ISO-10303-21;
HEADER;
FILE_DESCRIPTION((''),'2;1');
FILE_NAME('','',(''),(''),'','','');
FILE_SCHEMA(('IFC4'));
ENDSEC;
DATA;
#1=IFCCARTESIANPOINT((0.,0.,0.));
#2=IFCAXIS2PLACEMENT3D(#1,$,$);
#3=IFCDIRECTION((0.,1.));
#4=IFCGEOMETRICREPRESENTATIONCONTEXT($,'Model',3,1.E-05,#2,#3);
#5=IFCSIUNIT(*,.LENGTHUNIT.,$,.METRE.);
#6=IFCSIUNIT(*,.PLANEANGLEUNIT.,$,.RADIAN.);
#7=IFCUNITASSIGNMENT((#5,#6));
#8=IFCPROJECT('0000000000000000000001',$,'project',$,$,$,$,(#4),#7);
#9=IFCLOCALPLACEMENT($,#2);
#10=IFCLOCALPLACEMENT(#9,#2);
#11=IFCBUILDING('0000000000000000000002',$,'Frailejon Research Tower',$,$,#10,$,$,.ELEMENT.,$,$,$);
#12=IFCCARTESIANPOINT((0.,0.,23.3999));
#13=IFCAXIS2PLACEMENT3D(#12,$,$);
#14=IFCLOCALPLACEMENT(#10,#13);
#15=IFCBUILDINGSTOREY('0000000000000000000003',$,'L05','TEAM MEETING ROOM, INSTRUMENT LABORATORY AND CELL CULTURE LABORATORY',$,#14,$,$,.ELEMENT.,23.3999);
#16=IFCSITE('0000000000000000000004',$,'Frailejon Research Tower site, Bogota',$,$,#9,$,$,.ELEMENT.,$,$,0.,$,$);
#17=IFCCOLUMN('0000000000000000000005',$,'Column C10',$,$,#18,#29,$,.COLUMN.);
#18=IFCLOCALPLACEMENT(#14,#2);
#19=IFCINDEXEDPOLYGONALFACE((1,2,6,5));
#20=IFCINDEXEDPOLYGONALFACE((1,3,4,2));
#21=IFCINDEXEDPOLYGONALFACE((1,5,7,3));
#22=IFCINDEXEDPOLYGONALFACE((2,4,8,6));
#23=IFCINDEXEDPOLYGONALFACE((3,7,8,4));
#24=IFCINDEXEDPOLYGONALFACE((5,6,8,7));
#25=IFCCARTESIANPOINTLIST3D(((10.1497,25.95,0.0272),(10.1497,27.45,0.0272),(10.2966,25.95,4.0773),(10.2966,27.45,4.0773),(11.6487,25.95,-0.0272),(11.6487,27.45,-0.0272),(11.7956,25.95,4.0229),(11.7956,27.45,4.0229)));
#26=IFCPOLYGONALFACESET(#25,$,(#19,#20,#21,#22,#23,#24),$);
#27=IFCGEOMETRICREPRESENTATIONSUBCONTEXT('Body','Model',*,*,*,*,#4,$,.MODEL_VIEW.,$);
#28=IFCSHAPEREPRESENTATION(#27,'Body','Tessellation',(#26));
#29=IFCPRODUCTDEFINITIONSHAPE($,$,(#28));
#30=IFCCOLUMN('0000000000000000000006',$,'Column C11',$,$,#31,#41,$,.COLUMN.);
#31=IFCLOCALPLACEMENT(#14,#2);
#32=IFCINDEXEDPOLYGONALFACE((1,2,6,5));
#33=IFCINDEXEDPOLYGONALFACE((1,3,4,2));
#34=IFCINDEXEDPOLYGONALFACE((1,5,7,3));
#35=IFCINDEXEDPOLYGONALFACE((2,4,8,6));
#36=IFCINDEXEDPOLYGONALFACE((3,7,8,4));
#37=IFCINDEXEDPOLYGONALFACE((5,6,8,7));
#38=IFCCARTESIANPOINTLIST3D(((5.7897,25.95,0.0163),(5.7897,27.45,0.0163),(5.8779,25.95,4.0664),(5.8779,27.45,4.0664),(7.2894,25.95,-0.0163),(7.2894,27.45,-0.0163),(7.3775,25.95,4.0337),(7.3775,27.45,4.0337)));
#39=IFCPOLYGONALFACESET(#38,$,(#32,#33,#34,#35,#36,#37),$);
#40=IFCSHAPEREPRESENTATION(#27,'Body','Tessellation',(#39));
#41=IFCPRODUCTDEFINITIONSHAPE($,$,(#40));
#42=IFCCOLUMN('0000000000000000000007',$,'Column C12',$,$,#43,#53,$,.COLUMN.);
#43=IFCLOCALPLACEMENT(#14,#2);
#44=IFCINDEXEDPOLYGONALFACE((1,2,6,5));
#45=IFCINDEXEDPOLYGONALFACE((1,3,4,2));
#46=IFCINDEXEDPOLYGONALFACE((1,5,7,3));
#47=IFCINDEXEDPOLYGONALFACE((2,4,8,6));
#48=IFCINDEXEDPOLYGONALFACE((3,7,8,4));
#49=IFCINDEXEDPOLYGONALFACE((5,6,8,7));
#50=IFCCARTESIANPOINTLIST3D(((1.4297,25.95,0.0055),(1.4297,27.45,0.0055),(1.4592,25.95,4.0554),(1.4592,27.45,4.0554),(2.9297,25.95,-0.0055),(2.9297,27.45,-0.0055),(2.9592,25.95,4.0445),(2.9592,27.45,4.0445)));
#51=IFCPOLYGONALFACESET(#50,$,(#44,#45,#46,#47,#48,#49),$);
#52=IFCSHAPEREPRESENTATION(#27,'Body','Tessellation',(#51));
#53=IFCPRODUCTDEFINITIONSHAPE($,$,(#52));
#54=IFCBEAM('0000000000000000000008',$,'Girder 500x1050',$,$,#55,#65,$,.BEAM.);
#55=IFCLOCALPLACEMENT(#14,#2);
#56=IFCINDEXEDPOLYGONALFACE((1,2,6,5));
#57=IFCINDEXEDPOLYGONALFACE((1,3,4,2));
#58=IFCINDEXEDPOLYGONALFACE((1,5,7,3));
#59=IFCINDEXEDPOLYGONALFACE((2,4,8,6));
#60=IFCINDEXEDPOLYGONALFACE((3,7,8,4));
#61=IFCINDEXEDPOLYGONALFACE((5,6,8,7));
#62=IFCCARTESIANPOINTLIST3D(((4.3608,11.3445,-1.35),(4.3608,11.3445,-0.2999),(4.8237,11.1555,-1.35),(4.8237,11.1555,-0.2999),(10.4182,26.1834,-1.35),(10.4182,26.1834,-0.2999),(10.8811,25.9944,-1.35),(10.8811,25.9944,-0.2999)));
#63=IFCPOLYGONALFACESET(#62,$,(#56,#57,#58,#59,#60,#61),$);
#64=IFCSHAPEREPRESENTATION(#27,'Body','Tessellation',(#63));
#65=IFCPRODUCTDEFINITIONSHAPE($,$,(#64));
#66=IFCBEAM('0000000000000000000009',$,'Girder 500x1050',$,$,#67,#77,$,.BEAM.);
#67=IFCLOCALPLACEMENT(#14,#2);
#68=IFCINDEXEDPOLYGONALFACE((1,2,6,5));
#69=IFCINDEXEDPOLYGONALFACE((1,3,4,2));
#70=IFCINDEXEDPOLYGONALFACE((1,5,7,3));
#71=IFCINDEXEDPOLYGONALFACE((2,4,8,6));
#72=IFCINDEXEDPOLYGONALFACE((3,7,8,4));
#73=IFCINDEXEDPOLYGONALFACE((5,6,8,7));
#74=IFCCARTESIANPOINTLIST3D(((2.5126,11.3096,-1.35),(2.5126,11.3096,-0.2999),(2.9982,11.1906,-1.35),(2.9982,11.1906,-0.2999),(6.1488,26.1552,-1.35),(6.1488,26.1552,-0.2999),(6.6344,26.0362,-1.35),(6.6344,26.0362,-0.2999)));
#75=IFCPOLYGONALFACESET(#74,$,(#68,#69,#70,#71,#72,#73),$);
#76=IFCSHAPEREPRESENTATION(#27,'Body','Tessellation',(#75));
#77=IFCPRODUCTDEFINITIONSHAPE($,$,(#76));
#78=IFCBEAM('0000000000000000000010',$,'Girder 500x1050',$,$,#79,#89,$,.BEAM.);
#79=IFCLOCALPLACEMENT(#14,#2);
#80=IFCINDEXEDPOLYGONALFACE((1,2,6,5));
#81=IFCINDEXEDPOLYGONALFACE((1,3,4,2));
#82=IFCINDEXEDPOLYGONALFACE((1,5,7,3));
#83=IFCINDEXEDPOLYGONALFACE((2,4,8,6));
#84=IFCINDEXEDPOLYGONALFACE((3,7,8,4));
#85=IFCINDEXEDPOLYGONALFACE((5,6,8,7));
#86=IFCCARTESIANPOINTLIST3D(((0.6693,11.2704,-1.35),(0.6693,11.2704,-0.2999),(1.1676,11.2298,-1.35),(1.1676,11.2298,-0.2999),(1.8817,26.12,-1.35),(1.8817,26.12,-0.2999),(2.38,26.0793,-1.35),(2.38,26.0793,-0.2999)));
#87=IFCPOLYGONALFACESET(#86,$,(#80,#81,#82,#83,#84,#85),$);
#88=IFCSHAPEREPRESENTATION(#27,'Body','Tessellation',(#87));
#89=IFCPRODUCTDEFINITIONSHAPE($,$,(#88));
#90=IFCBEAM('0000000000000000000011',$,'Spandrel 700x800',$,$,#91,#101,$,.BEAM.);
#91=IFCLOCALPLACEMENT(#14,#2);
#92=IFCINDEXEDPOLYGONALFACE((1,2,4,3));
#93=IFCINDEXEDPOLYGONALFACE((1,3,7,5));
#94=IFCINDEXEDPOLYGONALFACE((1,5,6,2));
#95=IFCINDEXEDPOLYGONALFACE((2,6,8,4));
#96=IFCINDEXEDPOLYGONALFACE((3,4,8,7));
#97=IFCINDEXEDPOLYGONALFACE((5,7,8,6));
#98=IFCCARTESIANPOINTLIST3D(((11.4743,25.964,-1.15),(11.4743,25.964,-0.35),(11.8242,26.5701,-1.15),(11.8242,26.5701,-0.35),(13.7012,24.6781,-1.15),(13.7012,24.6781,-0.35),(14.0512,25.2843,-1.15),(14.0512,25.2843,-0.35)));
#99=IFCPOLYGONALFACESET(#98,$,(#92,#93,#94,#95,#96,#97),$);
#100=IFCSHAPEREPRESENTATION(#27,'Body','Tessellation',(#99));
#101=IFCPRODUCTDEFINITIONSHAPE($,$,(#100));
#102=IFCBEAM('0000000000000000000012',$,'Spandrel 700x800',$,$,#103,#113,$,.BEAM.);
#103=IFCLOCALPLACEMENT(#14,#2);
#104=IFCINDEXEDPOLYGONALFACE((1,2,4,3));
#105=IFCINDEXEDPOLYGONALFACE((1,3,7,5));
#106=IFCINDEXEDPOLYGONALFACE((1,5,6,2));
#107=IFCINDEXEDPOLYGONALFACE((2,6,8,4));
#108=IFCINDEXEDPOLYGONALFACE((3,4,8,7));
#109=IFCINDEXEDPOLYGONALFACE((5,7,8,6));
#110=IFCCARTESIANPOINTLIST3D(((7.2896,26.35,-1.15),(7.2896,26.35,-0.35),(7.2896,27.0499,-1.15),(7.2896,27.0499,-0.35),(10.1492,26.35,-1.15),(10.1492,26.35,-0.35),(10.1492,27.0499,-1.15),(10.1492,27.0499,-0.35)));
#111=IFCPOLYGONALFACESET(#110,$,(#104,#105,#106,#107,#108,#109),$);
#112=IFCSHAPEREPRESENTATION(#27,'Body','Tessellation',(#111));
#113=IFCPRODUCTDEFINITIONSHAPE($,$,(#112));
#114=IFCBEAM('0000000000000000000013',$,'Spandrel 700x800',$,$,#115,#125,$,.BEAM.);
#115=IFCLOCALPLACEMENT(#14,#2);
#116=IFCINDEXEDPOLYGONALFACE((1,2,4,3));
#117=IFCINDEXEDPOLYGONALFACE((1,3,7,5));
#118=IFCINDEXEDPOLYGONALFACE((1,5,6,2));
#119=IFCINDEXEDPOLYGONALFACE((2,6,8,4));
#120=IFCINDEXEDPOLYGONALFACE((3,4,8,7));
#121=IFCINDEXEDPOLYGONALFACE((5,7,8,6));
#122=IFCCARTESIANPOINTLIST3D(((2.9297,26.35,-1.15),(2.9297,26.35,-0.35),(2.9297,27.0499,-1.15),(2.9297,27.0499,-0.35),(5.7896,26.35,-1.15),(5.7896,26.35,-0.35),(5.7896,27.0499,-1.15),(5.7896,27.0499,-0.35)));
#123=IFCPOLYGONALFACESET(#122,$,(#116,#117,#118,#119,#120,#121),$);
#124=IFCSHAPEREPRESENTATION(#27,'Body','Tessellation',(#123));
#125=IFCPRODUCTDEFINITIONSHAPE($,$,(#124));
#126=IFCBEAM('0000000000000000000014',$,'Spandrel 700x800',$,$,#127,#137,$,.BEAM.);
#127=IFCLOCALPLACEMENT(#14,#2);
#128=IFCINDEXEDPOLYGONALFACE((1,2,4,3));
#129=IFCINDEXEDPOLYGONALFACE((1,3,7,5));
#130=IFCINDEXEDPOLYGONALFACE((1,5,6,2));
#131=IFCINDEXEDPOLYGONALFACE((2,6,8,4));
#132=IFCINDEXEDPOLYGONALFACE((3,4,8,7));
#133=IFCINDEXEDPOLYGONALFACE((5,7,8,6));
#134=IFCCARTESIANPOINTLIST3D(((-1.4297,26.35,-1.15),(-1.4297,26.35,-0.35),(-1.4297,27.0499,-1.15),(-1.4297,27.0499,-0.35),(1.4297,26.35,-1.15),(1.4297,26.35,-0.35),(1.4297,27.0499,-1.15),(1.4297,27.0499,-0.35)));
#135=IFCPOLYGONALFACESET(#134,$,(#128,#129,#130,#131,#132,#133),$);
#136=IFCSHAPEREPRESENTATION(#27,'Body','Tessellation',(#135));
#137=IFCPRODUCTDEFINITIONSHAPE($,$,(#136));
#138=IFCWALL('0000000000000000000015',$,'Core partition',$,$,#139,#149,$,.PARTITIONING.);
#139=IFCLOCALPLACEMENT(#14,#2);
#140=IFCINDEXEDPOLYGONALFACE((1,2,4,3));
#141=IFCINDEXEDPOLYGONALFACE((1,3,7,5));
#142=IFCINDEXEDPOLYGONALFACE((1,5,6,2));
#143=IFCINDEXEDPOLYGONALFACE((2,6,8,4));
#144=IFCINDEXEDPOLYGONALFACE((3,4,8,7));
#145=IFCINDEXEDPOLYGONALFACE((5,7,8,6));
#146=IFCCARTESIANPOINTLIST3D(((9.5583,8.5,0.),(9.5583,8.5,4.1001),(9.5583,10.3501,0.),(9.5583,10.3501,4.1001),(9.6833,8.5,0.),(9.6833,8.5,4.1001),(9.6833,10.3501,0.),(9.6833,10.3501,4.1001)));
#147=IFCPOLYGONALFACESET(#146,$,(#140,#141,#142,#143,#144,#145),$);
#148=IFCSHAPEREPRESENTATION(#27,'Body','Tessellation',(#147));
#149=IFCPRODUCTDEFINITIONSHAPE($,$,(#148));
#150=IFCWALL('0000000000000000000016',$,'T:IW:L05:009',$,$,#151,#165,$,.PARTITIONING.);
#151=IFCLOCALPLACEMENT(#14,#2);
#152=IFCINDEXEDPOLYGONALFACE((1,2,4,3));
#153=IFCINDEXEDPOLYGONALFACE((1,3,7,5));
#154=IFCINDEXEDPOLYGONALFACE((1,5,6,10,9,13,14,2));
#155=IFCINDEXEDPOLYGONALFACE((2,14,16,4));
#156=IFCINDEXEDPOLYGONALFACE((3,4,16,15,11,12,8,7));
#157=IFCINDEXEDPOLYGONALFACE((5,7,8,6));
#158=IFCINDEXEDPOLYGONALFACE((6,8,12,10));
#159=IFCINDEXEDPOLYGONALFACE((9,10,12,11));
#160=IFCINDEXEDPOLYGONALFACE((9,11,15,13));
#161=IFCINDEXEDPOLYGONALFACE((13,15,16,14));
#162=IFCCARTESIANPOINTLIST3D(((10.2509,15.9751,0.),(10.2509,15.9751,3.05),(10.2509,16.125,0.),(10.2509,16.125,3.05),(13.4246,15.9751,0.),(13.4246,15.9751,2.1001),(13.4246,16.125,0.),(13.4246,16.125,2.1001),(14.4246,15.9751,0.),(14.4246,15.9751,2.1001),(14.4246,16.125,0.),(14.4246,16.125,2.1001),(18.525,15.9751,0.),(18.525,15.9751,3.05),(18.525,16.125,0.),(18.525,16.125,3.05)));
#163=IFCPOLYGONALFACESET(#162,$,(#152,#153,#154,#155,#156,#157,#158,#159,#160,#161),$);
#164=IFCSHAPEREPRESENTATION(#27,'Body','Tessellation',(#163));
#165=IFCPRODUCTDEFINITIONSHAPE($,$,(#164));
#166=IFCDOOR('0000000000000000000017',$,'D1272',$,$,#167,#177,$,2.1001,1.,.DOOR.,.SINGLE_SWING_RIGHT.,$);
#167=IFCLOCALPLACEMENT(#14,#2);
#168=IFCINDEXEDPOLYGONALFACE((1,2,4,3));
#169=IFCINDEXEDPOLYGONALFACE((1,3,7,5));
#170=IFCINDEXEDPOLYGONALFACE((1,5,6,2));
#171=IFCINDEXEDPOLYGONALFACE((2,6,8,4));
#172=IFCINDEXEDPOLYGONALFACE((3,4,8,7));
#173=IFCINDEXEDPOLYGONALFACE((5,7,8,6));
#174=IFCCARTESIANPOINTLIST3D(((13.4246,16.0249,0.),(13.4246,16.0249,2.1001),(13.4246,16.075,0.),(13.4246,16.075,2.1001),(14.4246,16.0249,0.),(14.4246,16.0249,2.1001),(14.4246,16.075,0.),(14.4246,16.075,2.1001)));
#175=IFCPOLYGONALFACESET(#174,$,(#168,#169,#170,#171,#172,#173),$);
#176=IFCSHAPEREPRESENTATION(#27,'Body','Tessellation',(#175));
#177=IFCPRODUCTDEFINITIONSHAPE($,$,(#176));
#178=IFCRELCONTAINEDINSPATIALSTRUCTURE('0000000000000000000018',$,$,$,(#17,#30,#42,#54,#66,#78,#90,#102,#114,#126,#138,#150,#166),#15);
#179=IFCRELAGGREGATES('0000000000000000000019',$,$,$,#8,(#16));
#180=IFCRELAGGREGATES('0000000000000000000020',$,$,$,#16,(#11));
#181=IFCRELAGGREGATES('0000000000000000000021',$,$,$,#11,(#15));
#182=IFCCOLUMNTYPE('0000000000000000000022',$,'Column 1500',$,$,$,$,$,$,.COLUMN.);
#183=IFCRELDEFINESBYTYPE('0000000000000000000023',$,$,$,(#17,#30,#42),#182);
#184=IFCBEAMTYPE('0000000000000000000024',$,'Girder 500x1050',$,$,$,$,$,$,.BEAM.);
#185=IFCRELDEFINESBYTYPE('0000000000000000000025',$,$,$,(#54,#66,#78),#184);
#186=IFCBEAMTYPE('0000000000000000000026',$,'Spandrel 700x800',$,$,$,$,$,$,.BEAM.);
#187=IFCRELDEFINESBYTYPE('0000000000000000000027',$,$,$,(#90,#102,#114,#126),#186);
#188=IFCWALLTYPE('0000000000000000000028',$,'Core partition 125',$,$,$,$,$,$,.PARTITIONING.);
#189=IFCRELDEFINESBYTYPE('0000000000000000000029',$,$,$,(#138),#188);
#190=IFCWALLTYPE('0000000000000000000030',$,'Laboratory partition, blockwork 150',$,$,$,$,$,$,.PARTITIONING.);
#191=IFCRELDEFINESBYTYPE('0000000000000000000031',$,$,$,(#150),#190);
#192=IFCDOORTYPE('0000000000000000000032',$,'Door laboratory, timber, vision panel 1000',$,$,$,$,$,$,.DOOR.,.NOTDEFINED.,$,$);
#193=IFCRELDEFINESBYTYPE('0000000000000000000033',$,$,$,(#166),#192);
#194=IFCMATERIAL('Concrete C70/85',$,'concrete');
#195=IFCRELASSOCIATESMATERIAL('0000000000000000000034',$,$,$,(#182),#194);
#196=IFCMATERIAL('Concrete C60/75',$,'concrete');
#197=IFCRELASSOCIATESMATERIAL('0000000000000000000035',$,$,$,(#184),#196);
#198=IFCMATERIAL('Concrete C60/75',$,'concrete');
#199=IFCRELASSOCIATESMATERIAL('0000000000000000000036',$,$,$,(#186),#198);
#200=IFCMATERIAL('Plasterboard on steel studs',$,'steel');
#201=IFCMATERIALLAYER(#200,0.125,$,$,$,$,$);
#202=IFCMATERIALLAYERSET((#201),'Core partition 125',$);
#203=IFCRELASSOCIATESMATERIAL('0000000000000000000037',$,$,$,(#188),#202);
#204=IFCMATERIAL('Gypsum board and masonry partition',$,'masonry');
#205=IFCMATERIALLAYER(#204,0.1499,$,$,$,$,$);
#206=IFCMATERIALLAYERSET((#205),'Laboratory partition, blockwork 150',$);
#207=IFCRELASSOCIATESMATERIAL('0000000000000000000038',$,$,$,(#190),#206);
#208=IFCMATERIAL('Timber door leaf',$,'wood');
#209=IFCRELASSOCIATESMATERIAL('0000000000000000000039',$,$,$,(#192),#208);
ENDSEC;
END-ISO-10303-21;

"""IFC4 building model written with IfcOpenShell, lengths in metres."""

from ifc_helpers import new_model, si_unit, direction, frame, frame_2d, origin, origin_2d, place, context, subcontext, project, spatial, rectangle, extrude, material, layer, layer_set, material_profile, profile_set, type_object, element, fill, save


model = new_model("IFC4")

# Units and contexts
model_context = context("Model", 3, precision=1e-05, world=origin(), true_north=direction((0.0, 1.0)))
body_context = subcontext(model_context, "Body", "Model", "MODEL_VIEW")
ifc_project = project(units=[si_unit("LENGTHUNIT", "METRE"), si_unit("PLANEANGLEUNIT", "RADIAN")], contexts=[model_context])

# Site, building, storey
site_placement = place(None, origin())
site = spatial("IfcSite", under=ifc_project, at=site_placement, Name="Frailejon Research Tower site, Bogota", CompositionType="ELEMENT", RefElevation=0.0)
building_placement = place(site_placement, origin())
building = spatial("IfcBuilding", under=site, at=building_placement, Name="Frailejon Research Tower", CompositionType="ELEMENT")
storey_placement = place(building_placement, frame((0.0, 0.0, 23.3999)))
storey = spatial("IfcBuildingStorey", under=building, at=storey_placement, Name="L05", Description="TEAM MEETING ROOM, INSTRUMENT LABORATORY AND CELL CULTURE LABORATORY", CompositionType="ELEMENT", Elevation=23.3999)

# Columns
ifc_material_1 = material(Name="Concrete C70/85", Category="concrete")
ifc_material_profile_1 = material_profile(ifc_material_1, rectangle(XDim=1.5, YDim=1.5, at=origin_2d()), Name="Column 1500")
ifc_profile_set_1 = profile_set([ifc_material_profile_1], Name="Concrete C70/85")
column_type = type_object("IfcColumnType", Name="Column 1500", PredefinedType="COLUMN", material=ifc_profile_set_1)
column_1_placement = place(storey_placement, frame((10.8992, 26.7, 0.0), z_axis=(0.036265, 0.0, 0.999342), x_axis=(-0.999342, 0.0, 0.036265)))
element("IfcColumn", 1, at=column_1_placement, inside=storey, type_object=column_type, Name="Column C10", PredefinedType="COLUMN", context=body_context, shape_type="SweptSolid", body=[
    extrude(rectangle(XDim=1.5, YDim=1.5, at=origin_2d()), origin(), (0.0, 0.0, 1.0), 4.0527),
])
column_2_placement = place(storey_placement, frame((6.5396, 26.7, 0.0), z_axis=(0.021756, 0.0, 0.999763), x_axis=(-0.999763, 0.0, 0.021756)))
element("IfcColumn", 2, at=column_2_placement, inside=storey, type_object=column_type, Name="Column C11", PredefinedType="COLUMN", context=body_context, shape_type="SweptSolid", body=[
    extrude(rectangle(XDim=1.5, YDim=1.5, at=origin_2d()), origin(), (0.0, 0.0, 1.0), 4.051),
])
column_3_placement = place(storey_placement, frame((2.1797, 26.7, 0.0), z_axis=(0.007294, 0.0, 0.999973), x_axis=(-0.999973, 0.0, 0.007294)))
element("IfcColumn", 3, at=column_3_placement, inside=storey, type_object=column_type, Name="Column C12", PredefinedType="COLUMN", context=body_context, shape_type="SweptSolid", body=[
    extrude(rectangle(XDim=1.5, YDim=1.5, at=origin_2d()), origin(), (0.0, 0.0, 1.0), 4.05),
])

# Beams
ifc_material_2 = material(Name="Concrete C60/75", Category="concrete")
ifc_material_profile_2 = material_profile(ifc_material_2, rectangle(XDim=0.5, YDim=1.05, at=origin_2d()), Name="Girder 500x1050")
ifc_profile_set_2 = profile_set([ifc_material_profile_2], Name="Concrete C60/75")
beam_type_1 = type_object("IfcBeamType", Name="Girder 500x1050", PredefinedType="BEAM", material=ifc_profile_set_2)
beam_1_placement = place(storey_placement, frame((10.6497, 26.0889, -0.825), z_axis=(-0.377934, -0.925833, 0.0), x_axis=(0.925833, -0.377934, 0.0)))
element("IfcBeam", 4, at=beam_1_placement, inside=storey, type_object=beam_type_1, Name="Girder 500x1050", PredefinedType="BEAM", context=body_context, shape_type="SweptSolid", body=[
    extrude(rectangle(XDim=0.5, YDim=1.05, at=origin_2d()), origin(), (0.0, 0.0, 1.0), 16.0276),
])
beam_2_placement = place(storey_placement, frame((6.3916, 26.0957, -0.825), z_axis=(-0.237903, -0.971289, 0.0), x_axis=(0.971289, -0.237903, 0.0)))
element("IfcBeam", 5, at=beam_2_placement, inside=storey, type_object=beam_type_1, Name="Girder 500x1050", PredefinedType="BEAM", context=body_context, shape_type="SweptSolid", body=[
    extrude(rectangle(XDim=0.5, YDim=1.05, at=origin_2d()), origin(), (0.0, 0.0, 1.0), 15.2844),
])
beam_3_placement = place(storey_placement, frame((2.1309, 26.0996, -0.825), z_axis=(-0.081375, -0.996684, 0.0), x_axis=(0.996684, -0.081375, 0.0)))
element("IfcBeam", 6, at=beam_3_placement, inside=storey, type_object=beam_type_1, Name="Girder 500x1050", PredefinedType="BEAM", context=body_context, shape_type="SweptSolid", body=[
    extrude(rectangle(XDim=0.5, YDim=1.05, at=origin_2d()), origin(), (0.0, 0.0, 1.0), 14.8989),
])
ifc_material_3 = material(Name="Concrete C60/75", Category="concrete")
ifc_material_profile_3 = material_profile(ifc_material_3, rectangle(XDim=0.7, YDim=0.8, at=origin_2d()), Name="Spandrel 700x800")
ifc_profile_set_3 = profile_set([ifc_material_profile_3], Name="Concrete C60/75")
beam_type_2 = type_object("IfcBeamType", Name="Spandrel 700x800", PredefinedType="BEAM", material=ifc_profile_set_3)
beam_4_placement = place(storey_placement, frame((13.8762, 24.9812, -0.75), z_axis=(-0.866009, 0.500029, 0.0), x_axis=(-0.500029, -0.866009, 0.0)))
element("IfcBeam", 7, at=beam_4_placement, inside=storey, type_object=beam_type_2, Name="Spandrel 700x800", PredefinedType="BEAM", context=body_context, shape_type="SweptSolid", body=[
    extrude(rectangle(XDim=0.7, YDim=0.8, at=origin_2d()), origin(), (0.0, 0.0, 1.0), 2.5715),
])
beam_5_placement = place(storey_placement, frame((10.1492, 26.7, -0.75), z_axis=(-1.0, 0.0, 0.0), x_axis=(0.0, -1.0, 0.0)))
element("IfcBeam", 8, at=beam_5_placement, inside=storey, type_object=beam_type_2, Name="Spandrel 700x800", PredefinedType="BEAM", context=body_context, shape_type="SweptSolid", body=[
    extrude(rectangle(XDim=0.7, YDim=0.8, at=origin_2d()), origin(), (0.0, 0.0, 1.0), 2.8596),
])
beam_6_placement = place(storey_placement, frame((5.7896, 26.7, -0.75), z_axis=(-1.0, 0.0, 0.0), x_axis=(0.0, -1.0, 0.0)))
element("IfcBeam", 9, at=beam_6_placement, inside=storey, type_object=beam_type_2, Name="Spandrel 700x800", PredefinedType="BEAM", context=body_context, shape_type="SweptSolid", body=[
    extrude(rectangle(XDim=0.7, YDim=0.8, at=origin_2d()), origin(), (0.0, 0.0, 1.0), 2.8599),
])
beam_7_placement = place(storey_placement, frame((1.4297, 26.7, -0.75), z_axis=(-1.0, 0.0, 0.0), x_axis=(0.0, -1.0, 0.0)))
element("IfcBeam", 10, at=beam_7_placement, inside=storey, type_object=beam_type_2, Name="Spandrel 700x800", PredefinedType="BEAM", context=body_context, shape_type="SweptSolid", body=[
    extrude(rectangle(XDim=0.7, YDim=0.8, at=origin_2d()), origin(), (0.0, 0.0, 1.0), 2.8594),
])

# Wall
ifc_material_4 = material(Name="Plasterboard on steel studs", Category="steel")
ifc_layer_1 = layer(ifc_material_4, 0.125)
ifc_layer_set_1 = layer_set([ifc_layer_1], Name="Core partition 125")
wall_type_1 = type_object("IfcWallType", Name="Core partition 125", PredefinedType="PARTITIONING", material=ifc_layer_set_1)
wall_1_placement = place(storey_placement, frame((9.6208, 8.5, 0.0), z_axis=(0.0, 0.0, 1.0), x_axis=(0.0, 1.0, 0.0)))
element("IfcWall", 11, at=wall_1_placement, inside=storey, type_object=wall_type_1, Name="Core partition", PredefinedType="PARTITIONING", context=body_context, shape_type="SweptSolid", body=[
    extrude(rectangle(XDim=1.8501, YDim=0.125, at=frame_2d((0.925, 0.0))), origin(), (0.0, 0.0, 1.0), 4.1001),
])

# Wall, opening, door
ifc_material_5 = material(Name="Gypsum board and masonry partition", Category="masonry")
ifc_layer_2 = layer(ifc_material_5, 0.1499)
ifc_layer_set_2 = layer_set([ifc_layer_2], Name="Laboratory partition, blockwork 150")
wall_type_2 = type_object("IfcWallType", Name="Laboratory partition, blockwork 150", PredefinedType="PARTITIONING", material=ifc_layer_set_2)
wall_2_placement = place(storey_placement, frame((10.2507, 16.05, 0.0), z_axis=(0.0, 0.0, 1.0), x_axis=(1.0, 0.0, 0.0)))
wall_2 = element("IfcWall", 12, at=wall_2_placement, inside=storey, type_object=wall_type_2, Name="T:IW:L05:009", PredefinedType="PARTITIONING", context=body_context, shape_type="SweptSolid", body=[
    extrude(rectangle(XDim=8.2742, YDim=0.1499, at=frame_2d((4.1372, 0.0))), origin(), (0.0, 0.0, 1.0), 3.05),
])
opening_1_placement = place(wall_2_placement, frame((3.1738, 0.0, 0.0)))
opening_1 = element("IfcOpeningElement", 13, at=opening_1_placement, cuts=wall_2, PredefinedType="OPENING", context=body_context, shape_type="SweptSolid", body=[
    extrude(rectangle(XDim=1.0, YDim=2.1001, at=frame_2d((0.5, 1.05))), frame((0.0, 0.085, 0.0), z_axis=(0.0, -1.0, 0.0), x_axis=(1.0, 0.0, 0.0)), (0.0, 0.0, 1.0), 0.1699),
])
ifc_material_6 = material(Name="Timber door leaf", Category="wood")
door_type_1 = type_object("IfcDoorType", Name="Door laboratory, timber, vision panel 1000", OperationType="NOTDEFINED", PredefinedType="DOOR", material=ifc_material_6)
door_1_placement = place(opening_1_placement, origin())
door_1 = element("IfcDoor", 14, at=door_1_placement, inside=storey, type_object=door_type_1, Name="D1272", OperationType="SINGLE_SWING_RIGHT", OverallHeight=2.1001, OverallWidth=1.0, PredefinedType="DOOR", context=body_context, shape_type="SweptSolid", body=[
    extrude(rectangle(XDim=1.0, YDim=2.1001, at=frame_2d((0.5, 1.05))), frame((0.0, 0.0249, 0.0), z_axis=(0.0, -1.0, 0.0), x_axis=(1.0, 0.0, 0.0)), (0.0, 0.0, 1.0), 0.05),
])
fill(opening_1, door_1)

save(model, "model.ifc")
